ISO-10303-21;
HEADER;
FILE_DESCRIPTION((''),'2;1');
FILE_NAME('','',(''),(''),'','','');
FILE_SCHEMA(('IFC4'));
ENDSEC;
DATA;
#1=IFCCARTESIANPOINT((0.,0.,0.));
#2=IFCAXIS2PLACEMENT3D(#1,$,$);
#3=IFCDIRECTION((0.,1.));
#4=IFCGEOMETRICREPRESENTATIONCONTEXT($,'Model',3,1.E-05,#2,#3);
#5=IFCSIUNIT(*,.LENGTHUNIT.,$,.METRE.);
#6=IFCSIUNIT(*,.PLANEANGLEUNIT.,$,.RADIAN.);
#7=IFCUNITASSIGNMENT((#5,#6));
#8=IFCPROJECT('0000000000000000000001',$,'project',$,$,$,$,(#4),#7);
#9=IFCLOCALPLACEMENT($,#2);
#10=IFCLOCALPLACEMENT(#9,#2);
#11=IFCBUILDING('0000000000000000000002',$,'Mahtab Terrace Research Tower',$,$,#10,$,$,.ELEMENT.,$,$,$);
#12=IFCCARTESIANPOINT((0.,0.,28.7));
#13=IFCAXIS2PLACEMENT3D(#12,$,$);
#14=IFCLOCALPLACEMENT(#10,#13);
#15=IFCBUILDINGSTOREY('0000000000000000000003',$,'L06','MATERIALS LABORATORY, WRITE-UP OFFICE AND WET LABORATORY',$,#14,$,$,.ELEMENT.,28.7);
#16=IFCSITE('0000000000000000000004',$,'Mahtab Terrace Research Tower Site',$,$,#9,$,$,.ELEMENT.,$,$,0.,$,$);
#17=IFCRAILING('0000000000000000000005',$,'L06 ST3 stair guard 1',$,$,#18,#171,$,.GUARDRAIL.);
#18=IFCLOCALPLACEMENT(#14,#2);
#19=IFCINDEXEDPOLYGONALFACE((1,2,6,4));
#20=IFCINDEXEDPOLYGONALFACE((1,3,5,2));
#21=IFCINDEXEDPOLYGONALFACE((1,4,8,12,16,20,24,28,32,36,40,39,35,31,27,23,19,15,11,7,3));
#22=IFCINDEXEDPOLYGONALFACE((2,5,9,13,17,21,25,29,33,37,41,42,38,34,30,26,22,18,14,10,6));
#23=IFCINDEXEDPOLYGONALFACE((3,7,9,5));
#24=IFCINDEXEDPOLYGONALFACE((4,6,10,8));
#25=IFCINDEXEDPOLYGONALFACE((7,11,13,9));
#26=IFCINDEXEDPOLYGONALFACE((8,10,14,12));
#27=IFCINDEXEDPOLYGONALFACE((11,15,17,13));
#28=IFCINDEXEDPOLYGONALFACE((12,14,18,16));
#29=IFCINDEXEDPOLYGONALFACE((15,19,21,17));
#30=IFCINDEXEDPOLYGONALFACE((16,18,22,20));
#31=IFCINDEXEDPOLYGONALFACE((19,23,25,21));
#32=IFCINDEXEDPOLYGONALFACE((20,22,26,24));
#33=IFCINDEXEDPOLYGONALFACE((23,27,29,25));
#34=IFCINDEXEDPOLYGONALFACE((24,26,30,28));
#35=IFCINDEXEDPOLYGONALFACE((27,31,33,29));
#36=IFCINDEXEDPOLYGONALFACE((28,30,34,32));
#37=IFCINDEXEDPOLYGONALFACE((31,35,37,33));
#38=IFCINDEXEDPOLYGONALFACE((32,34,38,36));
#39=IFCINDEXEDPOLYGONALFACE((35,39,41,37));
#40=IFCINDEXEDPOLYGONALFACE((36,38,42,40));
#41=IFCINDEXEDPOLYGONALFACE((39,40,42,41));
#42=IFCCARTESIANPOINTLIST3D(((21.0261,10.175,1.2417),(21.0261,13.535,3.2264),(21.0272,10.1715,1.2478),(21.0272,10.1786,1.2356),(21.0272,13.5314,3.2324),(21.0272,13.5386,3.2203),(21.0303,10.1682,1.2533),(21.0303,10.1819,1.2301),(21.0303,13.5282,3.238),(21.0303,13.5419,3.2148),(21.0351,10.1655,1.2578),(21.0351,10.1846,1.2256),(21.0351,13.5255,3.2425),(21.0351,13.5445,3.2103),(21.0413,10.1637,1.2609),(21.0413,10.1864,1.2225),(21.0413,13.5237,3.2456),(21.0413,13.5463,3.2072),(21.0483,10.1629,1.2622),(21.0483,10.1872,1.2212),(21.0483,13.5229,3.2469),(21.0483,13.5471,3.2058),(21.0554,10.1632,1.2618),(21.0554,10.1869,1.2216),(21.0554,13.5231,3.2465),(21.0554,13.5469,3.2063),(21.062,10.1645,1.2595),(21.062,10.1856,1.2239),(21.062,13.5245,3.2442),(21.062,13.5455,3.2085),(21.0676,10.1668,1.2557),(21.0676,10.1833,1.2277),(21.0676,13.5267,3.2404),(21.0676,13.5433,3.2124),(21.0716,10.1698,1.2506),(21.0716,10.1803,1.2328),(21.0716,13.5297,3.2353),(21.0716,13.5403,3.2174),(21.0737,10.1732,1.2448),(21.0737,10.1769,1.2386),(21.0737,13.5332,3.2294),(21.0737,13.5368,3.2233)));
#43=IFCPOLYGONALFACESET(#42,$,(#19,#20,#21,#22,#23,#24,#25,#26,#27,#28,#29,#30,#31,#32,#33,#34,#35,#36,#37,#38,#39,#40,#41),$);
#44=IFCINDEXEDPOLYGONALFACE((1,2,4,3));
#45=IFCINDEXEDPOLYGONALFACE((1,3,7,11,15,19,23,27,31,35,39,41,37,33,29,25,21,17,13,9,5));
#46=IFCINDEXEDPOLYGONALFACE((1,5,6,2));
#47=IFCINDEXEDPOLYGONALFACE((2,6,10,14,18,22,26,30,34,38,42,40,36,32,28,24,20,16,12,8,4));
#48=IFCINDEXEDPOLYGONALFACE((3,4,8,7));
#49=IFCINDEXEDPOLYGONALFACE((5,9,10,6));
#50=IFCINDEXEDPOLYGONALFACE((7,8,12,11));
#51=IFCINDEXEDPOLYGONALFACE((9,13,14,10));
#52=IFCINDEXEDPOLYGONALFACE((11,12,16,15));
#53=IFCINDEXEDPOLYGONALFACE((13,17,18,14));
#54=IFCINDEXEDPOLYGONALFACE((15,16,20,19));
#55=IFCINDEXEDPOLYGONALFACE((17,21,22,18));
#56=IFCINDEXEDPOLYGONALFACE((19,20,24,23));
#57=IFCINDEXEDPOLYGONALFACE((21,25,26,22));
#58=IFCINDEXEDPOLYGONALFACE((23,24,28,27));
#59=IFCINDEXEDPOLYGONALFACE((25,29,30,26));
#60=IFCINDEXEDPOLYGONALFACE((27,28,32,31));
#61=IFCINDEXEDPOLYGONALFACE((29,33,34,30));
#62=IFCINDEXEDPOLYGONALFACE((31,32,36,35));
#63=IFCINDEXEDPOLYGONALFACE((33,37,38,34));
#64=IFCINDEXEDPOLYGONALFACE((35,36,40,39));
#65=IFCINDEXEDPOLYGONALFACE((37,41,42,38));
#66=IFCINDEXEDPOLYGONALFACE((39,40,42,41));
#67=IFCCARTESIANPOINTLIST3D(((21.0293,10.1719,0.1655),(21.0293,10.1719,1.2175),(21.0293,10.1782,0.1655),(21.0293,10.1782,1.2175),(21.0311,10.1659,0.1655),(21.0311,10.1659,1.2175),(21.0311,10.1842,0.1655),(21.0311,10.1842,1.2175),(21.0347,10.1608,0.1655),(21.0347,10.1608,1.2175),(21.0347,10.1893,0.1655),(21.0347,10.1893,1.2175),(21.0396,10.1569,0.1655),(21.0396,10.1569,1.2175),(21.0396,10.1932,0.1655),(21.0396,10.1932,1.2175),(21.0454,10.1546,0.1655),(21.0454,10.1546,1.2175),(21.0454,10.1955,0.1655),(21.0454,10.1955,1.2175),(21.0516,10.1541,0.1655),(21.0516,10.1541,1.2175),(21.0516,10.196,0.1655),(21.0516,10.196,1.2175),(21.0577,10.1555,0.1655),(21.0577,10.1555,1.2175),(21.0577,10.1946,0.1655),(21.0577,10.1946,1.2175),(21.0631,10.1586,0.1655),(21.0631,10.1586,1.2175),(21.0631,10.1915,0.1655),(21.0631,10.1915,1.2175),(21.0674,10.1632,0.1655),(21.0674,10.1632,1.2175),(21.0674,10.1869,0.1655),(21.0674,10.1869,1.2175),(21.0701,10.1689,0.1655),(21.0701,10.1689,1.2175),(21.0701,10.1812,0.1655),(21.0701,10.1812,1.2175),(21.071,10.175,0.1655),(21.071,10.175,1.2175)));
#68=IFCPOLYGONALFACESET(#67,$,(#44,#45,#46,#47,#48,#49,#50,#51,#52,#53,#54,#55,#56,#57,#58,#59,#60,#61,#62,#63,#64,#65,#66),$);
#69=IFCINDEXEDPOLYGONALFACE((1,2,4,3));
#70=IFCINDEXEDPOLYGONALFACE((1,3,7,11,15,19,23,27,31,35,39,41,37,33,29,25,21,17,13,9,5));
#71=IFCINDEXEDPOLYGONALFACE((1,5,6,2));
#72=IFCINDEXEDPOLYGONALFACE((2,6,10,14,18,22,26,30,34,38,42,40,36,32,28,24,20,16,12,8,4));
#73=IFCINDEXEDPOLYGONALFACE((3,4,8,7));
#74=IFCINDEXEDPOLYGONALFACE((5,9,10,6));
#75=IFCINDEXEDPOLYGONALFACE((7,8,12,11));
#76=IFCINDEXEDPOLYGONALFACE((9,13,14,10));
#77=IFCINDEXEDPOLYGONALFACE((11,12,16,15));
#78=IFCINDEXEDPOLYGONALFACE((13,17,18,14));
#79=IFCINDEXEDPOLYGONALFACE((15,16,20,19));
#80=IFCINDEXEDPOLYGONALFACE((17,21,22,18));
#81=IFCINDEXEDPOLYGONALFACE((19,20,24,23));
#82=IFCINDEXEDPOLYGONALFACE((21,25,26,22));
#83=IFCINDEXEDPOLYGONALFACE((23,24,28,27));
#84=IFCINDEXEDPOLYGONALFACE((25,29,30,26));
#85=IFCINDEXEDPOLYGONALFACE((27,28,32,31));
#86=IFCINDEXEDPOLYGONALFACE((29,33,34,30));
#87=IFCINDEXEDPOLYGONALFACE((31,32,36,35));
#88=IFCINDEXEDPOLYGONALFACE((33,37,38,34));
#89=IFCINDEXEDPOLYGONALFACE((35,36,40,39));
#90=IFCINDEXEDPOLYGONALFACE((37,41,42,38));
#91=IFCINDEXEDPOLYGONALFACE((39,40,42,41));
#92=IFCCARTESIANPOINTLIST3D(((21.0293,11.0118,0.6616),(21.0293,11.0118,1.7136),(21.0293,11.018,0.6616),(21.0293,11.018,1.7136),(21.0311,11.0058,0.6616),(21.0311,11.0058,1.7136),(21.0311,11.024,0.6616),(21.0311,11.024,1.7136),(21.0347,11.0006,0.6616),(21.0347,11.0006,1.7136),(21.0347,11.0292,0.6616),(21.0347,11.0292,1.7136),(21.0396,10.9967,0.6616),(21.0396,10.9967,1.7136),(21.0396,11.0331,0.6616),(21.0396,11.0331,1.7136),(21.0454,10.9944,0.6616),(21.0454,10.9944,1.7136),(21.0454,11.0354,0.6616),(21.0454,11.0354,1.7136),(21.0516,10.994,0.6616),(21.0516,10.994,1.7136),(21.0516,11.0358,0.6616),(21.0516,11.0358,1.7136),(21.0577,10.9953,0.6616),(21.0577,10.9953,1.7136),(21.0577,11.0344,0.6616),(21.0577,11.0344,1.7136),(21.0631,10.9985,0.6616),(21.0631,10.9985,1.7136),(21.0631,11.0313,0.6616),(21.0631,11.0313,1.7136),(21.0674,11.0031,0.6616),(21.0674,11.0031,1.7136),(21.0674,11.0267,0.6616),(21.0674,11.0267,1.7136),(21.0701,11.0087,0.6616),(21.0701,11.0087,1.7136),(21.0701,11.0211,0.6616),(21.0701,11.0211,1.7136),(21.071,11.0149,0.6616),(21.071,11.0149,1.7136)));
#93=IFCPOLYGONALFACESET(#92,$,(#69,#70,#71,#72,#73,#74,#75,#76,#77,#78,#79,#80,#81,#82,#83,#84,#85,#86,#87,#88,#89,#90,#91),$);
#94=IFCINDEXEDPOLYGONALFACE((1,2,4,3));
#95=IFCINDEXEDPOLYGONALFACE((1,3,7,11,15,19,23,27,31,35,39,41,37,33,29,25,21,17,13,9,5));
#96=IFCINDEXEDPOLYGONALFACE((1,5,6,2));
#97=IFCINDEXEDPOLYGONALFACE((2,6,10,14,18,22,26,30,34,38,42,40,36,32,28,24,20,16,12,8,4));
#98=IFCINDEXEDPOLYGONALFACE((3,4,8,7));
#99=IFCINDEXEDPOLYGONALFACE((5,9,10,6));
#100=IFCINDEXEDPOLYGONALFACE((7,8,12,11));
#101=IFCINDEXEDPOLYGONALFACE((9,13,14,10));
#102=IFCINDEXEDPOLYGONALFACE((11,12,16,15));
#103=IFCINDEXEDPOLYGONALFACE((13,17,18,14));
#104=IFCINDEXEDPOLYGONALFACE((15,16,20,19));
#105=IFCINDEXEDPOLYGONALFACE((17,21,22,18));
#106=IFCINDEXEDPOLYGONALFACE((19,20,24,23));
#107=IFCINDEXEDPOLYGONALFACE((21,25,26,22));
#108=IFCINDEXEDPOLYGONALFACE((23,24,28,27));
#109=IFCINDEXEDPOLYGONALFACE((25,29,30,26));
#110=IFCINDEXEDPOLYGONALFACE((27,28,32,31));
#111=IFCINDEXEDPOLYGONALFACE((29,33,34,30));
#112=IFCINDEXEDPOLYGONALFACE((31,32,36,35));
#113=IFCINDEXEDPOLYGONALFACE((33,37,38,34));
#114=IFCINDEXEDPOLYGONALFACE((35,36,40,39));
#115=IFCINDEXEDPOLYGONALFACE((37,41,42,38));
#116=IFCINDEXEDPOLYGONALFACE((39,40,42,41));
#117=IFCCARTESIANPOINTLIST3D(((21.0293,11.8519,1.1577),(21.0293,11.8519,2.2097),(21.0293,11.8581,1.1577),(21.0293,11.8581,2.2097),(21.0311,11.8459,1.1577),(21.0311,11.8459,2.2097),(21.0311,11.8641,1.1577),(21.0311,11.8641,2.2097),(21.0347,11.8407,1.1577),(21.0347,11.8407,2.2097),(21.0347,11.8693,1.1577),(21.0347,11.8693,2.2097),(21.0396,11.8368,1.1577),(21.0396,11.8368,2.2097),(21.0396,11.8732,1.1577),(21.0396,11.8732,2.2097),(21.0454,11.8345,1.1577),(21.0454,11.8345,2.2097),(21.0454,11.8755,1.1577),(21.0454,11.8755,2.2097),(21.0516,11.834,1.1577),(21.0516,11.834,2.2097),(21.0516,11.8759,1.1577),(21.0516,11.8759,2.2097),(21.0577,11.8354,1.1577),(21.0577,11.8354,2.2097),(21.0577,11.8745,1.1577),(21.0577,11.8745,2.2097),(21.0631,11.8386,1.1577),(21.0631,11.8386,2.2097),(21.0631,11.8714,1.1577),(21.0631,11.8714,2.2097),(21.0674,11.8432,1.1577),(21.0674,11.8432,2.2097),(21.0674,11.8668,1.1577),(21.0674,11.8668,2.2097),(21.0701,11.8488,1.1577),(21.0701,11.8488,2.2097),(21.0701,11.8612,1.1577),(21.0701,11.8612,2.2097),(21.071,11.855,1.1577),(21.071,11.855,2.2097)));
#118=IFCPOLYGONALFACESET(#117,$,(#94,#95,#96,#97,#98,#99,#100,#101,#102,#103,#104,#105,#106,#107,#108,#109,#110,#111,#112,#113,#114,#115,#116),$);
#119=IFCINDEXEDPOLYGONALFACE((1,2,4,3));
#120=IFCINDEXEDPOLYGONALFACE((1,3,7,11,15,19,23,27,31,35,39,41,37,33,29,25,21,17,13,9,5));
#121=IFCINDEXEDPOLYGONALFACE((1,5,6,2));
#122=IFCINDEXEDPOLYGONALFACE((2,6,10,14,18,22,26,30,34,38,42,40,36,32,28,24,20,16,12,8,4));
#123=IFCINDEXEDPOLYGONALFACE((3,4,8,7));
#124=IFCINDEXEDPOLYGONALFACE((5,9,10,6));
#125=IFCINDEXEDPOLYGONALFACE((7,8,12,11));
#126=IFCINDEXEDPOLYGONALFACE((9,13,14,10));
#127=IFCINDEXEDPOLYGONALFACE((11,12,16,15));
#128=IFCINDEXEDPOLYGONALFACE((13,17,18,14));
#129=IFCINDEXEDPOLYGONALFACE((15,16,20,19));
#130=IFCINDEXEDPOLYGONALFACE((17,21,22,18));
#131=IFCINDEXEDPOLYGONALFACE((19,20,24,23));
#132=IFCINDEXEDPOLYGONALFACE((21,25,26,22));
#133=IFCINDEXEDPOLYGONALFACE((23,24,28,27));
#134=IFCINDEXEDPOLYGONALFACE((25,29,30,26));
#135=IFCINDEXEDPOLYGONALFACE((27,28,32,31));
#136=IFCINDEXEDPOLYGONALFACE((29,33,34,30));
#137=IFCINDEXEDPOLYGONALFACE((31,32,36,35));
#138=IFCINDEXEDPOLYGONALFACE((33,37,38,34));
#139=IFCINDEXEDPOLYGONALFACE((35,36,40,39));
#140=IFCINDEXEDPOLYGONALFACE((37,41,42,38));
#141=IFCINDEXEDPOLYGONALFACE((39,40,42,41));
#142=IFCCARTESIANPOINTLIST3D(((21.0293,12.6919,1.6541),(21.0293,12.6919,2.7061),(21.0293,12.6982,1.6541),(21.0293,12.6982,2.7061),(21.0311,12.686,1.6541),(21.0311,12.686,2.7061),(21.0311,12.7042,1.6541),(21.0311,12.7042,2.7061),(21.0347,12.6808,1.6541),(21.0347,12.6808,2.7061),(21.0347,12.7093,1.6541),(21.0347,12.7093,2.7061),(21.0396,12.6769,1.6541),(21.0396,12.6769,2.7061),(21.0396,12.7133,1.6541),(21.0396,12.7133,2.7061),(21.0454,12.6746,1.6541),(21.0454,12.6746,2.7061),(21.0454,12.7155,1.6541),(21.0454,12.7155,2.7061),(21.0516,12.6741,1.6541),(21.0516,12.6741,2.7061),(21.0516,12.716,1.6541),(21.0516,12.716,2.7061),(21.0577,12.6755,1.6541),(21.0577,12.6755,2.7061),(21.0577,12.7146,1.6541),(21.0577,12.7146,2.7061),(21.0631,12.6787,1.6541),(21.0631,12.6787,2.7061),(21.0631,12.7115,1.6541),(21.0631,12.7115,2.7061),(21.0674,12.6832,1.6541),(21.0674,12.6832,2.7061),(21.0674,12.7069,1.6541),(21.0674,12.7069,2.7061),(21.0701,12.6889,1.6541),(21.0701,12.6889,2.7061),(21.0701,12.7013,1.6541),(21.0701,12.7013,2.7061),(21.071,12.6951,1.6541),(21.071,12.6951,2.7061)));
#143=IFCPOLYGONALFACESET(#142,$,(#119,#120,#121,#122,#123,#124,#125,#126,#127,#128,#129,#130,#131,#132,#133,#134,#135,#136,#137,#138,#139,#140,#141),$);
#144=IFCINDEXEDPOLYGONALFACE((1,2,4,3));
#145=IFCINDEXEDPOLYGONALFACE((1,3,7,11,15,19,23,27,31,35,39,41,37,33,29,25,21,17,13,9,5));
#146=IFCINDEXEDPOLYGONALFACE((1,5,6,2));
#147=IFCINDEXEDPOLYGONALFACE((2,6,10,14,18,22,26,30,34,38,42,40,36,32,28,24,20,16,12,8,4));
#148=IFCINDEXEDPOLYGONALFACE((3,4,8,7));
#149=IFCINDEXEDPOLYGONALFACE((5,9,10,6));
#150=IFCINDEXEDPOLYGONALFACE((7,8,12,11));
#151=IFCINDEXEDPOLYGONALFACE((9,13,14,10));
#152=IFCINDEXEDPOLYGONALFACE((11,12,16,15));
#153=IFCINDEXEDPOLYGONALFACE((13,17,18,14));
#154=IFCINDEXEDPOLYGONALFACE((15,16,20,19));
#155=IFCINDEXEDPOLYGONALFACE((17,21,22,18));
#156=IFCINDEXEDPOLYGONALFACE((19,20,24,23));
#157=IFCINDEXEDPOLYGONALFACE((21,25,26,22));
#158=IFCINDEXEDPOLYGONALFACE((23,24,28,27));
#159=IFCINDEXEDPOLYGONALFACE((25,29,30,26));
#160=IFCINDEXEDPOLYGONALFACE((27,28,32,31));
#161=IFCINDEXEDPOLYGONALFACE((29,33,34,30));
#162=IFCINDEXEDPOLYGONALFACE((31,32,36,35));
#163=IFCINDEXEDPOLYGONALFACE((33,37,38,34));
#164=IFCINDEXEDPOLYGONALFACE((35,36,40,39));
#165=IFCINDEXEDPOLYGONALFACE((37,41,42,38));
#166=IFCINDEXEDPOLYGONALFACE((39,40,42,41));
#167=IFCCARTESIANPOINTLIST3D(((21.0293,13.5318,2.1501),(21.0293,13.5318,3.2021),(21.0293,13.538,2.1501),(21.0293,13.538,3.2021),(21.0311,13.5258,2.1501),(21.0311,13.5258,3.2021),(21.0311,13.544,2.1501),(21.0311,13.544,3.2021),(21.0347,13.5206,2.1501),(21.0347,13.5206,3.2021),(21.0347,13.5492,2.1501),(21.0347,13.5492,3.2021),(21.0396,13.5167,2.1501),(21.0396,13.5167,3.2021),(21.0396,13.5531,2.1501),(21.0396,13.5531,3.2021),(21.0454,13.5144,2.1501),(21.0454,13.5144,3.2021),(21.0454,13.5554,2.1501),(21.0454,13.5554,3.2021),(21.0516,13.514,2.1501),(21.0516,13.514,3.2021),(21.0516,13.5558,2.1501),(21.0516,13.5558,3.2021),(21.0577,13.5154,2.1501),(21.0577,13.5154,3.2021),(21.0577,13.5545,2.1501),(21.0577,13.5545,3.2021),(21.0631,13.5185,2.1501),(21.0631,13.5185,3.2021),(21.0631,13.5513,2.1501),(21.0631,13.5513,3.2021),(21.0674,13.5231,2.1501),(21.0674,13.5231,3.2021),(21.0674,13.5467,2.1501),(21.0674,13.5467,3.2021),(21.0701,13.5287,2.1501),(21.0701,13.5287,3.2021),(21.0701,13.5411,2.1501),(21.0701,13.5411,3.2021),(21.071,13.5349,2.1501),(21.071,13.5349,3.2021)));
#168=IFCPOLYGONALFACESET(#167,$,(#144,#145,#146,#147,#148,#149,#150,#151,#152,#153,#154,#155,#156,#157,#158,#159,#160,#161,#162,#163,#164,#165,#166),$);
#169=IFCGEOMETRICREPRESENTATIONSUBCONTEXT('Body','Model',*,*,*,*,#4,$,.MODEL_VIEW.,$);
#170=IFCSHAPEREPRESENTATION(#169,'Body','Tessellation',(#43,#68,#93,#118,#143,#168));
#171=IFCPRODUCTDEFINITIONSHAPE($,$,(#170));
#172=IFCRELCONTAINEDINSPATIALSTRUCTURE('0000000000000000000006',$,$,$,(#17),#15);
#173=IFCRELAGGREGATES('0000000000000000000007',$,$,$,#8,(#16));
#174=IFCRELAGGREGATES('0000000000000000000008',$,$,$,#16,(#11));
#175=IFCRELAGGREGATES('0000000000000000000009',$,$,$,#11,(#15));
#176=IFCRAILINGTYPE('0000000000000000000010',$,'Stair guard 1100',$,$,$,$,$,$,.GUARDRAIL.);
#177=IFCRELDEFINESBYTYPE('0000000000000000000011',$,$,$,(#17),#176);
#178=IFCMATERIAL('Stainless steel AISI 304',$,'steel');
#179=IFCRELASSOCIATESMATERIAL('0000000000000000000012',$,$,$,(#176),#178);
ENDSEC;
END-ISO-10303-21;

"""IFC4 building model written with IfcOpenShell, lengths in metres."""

from ifc_helpers import new_model, si_unit, direction, frame, origin, origin_2d, place, context, subcontext, project, spatial, circle, extrude, material, type_object, element, save


model = new_model("IFC4")

# Units and contexts
model_context = context("Model", 3, precision=1e-05, world=origin(), true_north=direction((0.0, 1.0)))
body_context = subcontext(model_context, "Body", "Model", "MODEL_VIEW")
ifc_project = project(units=[si_unit("LENGTHUNIT", "METRE"), si_unit("PLANEANGLEUNIT", "RADIAN")], contexts=[model_context])

# Site, building, storey
site_placement = place(None, origin())
site = spatial("IfcSite", under=ifc_project, at=site_placement, Name="Mahtab Terrace Research Tower Site", CompositionType="ELEMENT", RefElevation=0.0)
building_placement = place(site_placement, origin())
building = spatial("IfcBuilding", under=site, at=building_placement, Name="Mahtab Terrace Research Tower", CompositionType="ELEMENT")
storey_placement = place(building_placement, frame((0.0, 0.0, 28.7)))
storey = spatial("IfcBuildingStorey", under=building, at=storey_placement, Name="L06", Description="MATERIALS LABORATORY, WRITE-UP OFFICE AND WET LABORATORY", CompositionType="ELEMENT", Elevation=28.7)

# Shared definitions
ifc_material_1 = material(Name="Stainless steel AISI 304", Category="steel")

# Railing
railing_type_1 = type_object("IfcRailingType", Name="Stair guard 1100", PredefinedType="GUARDRAIL", material=ifc_material_1)
railing_1_placement = place(storey_placement, frame((21.05, 10.175, 0.1655)))
element("IfcRailing", 1, at=railing_1_placement, inside=storey, type_object=railing_type_1, Name="L06 ST3 stair guard 1", PredefinedType="GUARDRAIL", context=body_context, shape_type="SweptSolid", body=[
    extrude(circle(Radius=0.0239, at=origin_2d()), frame((0.0, 0.0, 1.0762), z_axis=(0.0, 0.861011, 0.508586), x_axis=(-1.0, 0.0, 0.0)), (0.0, 0.0, 1.0), 3.9023),
    extrude(circle(Radius=0.021, at=origin_2d()), origin(), (0.0, 0.0, 1.0), 1.052),
    extrude(circle(Radius=0.021, at=origin_2d()), frame((0.0, 0.8398, 0.4961)), (0.0, 0.0, 1.0), 1.052),
    extrude(circle(Radius=0.021, at=origin_2d()), frame((0.0, 1.6799, 0.9922)), (0.0, 0.0, 1.0), 1.052),
    extrude(circle(Radius=0.021, at=origin_2d()), frame((0.0, 2.52, 1.4885)), (0.0, 0.0, 1.0), 1.052),
    extrude(circle(Radius=0.021, at=origin_2d()), frame((0.0, 3.3599, 1.9846)), (0.0, 0.0, 1.0), 1.052),
])

save(model, "model.ifc")
